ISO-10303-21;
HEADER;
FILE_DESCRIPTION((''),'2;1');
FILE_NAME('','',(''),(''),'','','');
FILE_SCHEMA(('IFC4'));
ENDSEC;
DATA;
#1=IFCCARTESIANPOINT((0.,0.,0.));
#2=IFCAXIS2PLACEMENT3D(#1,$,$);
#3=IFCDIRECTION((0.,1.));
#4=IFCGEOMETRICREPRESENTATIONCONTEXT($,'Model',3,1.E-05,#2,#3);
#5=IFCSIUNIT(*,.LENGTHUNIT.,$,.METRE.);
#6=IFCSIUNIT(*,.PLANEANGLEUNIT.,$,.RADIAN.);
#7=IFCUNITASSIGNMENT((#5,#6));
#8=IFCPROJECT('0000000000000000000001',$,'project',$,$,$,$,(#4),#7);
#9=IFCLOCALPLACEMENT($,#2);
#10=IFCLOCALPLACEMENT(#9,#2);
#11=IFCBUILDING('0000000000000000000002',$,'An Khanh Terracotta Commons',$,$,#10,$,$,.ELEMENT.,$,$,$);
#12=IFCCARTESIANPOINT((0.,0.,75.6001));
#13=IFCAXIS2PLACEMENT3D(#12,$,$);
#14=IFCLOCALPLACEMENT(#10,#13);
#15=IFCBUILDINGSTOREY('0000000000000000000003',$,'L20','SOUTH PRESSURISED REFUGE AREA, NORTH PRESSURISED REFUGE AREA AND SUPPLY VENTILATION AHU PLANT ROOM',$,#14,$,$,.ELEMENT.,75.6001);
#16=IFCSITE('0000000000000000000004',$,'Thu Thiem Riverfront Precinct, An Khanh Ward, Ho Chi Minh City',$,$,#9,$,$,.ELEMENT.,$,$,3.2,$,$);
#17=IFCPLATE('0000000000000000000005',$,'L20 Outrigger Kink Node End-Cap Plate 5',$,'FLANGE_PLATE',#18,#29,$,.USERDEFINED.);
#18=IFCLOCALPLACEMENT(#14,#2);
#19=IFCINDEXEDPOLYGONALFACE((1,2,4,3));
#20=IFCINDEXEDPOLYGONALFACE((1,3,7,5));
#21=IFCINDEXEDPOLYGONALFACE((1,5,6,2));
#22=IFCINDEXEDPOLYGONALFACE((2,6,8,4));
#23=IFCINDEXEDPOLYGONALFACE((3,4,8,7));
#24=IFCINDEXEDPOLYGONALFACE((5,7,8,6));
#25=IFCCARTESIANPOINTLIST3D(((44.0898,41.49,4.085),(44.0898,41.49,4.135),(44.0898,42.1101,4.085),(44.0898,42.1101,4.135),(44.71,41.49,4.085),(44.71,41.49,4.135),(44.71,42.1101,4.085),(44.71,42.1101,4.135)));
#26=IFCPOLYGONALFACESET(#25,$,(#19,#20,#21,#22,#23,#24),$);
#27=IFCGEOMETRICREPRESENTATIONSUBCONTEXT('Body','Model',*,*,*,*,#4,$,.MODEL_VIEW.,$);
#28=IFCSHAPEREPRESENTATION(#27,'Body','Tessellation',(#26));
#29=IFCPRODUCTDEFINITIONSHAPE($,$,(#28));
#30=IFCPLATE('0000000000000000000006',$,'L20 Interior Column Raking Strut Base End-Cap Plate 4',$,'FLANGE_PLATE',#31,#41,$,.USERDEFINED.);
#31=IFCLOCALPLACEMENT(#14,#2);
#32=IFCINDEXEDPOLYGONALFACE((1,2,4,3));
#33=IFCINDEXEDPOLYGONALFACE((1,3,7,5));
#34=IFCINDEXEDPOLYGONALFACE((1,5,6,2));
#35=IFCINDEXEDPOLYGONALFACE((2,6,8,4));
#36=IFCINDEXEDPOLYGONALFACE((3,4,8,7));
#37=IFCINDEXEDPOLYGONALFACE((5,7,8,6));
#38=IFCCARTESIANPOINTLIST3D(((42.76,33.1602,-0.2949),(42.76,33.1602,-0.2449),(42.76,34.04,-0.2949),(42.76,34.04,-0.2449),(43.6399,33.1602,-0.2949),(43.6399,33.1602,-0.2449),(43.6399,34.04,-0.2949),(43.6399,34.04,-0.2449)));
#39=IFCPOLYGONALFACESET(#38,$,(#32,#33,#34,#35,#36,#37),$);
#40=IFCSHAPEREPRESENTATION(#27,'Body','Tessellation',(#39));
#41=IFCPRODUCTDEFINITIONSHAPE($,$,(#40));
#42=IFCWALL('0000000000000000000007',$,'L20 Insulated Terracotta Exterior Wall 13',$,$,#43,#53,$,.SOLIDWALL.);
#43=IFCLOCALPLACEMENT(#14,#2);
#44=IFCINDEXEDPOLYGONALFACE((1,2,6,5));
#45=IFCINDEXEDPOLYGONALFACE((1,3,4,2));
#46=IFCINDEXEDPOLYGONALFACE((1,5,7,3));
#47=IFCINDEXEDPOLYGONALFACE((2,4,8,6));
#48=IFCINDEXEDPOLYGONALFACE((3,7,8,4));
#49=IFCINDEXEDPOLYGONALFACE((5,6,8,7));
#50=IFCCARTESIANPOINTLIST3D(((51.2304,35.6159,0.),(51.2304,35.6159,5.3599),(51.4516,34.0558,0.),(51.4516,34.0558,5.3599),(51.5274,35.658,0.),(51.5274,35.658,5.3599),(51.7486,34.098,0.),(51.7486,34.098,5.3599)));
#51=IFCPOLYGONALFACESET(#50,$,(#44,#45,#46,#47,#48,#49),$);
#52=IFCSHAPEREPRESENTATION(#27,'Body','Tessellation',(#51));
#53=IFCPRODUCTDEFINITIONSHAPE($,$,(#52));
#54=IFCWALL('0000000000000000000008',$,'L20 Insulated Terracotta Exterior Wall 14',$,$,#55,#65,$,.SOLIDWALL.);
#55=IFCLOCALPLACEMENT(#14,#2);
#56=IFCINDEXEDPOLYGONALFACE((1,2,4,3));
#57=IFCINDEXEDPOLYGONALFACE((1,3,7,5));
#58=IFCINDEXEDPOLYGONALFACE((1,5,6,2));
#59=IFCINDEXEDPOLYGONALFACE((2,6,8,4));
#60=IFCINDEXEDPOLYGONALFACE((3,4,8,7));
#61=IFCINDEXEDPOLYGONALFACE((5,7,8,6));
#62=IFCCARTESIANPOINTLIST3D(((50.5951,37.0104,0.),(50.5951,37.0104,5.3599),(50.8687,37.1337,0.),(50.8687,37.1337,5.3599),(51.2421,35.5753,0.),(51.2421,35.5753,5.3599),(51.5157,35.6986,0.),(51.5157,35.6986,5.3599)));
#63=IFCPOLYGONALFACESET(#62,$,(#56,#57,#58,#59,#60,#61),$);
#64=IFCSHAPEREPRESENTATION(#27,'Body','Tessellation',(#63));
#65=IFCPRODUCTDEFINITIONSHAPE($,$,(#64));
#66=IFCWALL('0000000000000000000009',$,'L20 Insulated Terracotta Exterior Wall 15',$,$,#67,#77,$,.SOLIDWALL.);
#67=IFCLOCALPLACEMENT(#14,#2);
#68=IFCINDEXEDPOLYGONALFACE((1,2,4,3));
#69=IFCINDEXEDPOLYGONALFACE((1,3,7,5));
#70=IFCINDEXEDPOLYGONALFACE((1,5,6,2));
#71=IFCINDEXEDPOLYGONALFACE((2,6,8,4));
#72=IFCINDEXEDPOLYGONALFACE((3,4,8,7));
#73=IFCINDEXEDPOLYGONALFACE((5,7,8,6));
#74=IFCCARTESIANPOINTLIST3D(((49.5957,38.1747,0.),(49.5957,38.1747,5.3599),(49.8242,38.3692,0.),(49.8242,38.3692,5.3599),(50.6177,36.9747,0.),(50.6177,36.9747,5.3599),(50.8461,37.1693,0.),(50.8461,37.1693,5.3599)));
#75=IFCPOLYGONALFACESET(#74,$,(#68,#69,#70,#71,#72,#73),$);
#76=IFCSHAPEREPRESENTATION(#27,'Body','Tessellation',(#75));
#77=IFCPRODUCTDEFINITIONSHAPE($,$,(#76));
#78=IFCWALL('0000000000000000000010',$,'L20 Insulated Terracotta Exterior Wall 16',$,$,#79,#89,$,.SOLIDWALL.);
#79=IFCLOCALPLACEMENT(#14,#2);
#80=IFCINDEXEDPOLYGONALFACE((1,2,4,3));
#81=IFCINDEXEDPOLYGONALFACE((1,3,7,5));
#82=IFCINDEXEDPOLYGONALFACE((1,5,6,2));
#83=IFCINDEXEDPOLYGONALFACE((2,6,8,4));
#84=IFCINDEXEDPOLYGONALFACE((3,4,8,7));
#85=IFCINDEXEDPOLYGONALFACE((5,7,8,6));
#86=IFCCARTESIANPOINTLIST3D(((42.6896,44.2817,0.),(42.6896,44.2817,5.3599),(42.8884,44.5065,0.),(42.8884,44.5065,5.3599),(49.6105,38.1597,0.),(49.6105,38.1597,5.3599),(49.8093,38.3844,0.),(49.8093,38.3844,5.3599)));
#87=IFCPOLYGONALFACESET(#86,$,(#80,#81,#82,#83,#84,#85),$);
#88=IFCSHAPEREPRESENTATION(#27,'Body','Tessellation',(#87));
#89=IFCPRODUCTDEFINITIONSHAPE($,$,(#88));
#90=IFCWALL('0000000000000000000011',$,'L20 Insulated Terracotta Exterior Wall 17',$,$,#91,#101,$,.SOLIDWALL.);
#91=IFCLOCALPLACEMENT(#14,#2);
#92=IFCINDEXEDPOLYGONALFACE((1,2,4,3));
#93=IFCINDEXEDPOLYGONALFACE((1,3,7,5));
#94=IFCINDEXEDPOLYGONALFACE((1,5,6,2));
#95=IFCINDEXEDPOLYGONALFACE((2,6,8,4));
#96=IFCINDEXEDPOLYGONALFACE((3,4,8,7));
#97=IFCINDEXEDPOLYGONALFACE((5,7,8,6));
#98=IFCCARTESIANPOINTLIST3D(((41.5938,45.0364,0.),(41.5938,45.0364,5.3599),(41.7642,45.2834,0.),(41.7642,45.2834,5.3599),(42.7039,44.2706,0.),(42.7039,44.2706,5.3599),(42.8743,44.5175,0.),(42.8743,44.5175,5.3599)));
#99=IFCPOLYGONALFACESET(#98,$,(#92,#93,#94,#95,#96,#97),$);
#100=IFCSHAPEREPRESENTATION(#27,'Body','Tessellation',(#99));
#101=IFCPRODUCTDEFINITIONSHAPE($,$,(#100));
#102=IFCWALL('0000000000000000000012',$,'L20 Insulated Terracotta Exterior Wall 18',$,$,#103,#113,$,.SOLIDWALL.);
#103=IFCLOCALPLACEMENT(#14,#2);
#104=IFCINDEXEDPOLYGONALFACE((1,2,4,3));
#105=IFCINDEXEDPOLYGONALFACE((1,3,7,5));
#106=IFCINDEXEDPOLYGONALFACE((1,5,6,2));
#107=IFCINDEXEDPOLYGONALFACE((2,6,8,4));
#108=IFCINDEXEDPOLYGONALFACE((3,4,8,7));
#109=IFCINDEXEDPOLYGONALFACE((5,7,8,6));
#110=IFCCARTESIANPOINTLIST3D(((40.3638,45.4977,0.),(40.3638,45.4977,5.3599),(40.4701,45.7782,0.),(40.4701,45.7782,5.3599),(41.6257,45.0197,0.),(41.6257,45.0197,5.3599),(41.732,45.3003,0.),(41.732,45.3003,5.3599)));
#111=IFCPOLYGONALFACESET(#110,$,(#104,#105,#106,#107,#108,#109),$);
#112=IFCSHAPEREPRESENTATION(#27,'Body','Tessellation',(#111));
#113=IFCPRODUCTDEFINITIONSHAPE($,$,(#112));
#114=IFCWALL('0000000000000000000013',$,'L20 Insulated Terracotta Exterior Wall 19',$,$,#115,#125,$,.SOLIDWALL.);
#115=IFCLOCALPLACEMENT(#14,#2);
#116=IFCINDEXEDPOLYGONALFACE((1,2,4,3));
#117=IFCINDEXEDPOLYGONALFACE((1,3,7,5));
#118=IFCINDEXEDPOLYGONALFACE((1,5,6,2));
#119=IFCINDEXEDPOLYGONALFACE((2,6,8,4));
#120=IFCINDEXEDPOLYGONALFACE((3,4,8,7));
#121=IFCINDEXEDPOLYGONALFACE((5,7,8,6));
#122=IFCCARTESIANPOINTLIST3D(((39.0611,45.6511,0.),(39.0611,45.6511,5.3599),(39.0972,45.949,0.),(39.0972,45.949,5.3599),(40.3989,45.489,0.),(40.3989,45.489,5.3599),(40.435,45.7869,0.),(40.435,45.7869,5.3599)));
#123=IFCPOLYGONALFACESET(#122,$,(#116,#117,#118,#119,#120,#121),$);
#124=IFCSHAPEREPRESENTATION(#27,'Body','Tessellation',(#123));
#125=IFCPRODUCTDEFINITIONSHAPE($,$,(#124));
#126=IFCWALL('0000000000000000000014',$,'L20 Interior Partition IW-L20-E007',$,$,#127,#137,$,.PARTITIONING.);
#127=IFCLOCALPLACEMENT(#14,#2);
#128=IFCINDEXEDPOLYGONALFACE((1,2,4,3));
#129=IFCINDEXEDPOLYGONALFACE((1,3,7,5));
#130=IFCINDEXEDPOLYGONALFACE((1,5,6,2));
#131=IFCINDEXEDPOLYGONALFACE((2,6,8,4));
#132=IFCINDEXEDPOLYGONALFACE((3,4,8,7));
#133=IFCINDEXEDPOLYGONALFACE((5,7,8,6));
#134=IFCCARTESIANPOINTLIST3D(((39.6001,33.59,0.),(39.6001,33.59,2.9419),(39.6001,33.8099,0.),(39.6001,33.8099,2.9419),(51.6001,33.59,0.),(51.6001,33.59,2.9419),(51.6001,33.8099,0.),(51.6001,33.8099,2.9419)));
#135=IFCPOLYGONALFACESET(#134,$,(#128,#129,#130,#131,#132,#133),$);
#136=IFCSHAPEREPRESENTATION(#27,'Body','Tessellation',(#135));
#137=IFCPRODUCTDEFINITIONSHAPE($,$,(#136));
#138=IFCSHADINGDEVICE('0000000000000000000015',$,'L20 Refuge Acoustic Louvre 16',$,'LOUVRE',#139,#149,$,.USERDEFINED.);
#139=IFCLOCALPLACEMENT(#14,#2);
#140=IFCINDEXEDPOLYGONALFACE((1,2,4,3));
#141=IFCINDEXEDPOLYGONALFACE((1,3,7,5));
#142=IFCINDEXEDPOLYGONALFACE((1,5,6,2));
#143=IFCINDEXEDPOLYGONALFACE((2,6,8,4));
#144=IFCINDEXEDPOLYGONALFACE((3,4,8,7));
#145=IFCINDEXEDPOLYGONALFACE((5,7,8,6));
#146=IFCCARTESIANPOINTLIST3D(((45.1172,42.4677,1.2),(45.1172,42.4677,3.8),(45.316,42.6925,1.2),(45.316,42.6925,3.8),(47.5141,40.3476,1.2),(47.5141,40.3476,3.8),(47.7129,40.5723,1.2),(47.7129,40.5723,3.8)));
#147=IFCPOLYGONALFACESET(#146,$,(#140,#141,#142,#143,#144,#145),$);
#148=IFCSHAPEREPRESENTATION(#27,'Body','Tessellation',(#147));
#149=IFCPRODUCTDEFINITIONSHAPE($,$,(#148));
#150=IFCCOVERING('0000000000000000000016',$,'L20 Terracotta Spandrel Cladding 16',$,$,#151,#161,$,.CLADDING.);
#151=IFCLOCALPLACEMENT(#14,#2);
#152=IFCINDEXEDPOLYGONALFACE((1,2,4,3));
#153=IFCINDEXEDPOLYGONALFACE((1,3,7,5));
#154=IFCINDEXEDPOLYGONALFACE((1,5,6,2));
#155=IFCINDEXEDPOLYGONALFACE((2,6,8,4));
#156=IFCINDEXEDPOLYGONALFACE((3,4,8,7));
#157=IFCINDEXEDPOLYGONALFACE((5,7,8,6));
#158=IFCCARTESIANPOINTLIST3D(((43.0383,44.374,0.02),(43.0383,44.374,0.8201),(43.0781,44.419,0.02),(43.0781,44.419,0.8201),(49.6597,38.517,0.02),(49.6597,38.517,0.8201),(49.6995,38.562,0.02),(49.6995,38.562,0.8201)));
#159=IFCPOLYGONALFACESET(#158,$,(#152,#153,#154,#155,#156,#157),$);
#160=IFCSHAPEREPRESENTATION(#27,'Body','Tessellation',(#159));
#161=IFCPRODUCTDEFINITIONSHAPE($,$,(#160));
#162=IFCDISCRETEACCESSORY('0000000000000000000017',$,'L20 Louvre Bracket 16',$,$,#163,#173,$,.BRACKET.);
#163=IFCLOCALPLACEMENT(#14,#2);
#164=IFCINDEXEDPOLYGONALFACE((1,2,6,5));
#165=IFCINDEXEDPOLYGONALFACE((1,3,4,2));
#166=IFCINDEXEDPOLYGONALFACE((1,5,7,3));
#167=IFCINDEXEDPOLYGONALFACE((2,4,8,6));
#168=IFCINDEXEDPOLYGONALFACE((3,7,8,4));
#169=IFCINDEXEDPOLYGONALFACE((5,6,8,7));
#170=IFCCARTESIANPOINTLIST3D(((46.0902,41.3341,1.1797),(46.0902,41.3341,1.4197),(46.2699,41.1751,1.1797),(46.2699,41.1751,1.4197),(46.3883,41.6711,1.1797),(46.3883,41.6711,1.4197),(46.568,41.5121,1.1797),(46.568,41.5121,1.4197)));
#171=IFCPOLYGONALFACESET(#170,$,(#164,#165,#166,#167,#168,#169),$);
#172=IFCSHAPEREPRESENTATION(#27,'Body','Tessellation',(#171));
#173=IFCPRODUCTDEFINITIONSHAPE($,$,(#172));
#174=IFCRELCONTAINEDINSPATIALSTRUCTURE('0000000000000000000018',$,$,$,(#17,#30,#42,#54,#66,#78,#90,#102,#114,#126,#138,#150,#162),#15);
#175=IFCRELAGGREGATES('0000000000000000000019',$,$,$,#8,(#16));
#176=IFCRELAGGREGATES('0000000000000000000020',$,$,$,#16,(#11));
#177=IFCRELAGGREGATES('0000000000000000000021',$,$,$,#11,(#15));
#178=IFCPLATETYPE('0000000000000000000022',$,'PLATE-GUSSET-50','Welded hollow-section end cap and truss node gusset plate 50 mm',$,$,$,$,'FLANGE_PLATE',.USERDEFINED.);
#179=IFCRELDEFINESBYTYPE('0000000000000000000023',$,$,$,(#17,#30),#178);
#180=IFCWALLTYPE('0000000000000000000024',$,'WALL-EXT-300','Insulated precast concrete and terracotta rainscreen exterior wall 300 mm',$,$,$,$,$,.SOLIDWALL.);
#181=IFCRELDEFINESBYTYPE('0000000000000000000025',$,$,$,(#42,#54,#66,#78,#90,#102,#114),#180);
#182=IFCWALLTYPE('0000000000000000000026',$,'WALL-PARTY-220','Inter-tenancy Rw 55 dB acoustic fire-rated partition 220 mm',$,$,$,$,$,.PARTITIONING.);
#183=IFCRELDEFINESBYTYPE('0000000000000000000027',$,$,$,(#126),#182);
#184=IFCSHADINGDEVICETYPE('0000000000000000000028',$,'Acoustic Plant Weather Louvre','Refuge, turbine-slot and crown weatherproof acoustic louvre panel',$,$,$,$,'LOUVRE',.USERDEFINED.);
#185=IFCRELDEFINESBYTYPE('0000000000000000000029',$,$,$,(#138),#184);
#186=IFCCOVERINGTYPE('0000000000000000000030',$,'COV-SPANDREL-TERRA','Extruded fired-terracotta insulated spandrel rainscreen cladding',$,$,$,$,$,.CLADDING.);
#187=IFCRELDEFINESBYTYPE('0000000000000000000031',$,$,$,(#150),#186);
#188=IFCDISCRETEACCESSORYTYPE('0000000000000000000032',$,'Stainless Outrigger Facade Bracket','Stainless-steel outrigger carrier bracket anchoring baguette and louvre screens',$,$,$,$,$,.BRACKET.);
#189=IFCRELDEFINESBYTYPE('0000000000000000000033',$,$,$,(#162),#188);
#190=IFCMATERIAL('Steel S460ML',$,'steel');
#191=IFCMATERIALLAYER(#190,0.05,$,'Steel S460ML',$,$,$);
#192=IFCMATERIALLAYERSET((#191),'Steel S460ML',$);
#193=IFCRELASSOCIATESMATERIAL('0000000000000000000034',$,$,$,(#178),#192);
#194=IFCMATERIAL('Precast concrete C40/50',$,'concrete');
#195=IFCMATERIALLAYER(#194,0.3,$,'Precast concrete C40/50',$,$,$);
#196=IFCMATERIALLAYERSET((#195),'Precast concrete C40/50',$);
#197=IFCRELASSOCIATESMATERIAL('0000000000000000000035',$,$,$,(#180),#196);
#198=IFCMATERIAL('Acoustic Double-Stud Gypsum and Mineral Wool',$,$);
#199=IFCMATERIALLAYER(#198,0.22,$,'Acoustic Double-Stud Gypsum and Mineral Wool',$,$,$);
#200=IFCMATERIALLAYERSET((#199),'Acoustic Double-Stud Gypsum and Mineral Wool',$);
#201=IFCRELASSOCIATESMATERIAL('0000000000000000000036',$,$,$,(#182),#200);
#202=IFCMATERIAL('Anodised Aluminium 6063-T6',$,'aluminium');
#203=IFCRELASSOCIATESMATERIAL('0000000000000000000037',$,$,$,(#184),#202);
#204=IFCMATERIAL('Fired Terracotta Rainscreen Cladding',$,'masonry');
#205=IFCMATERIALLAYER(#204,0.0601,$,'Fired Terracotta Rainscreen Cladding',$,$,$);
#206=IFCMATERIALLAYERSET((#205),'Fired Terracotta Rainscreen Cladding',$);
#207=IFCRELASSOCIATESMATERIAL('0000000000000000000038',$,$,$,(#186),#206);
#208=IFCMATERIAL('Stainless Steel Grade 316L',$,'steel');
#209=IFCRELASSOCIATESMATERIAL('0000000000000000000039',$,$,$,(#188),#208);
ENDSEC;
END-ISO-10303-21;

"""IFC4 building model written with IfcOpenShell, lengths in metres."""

from ifc_helpers import new_model, si_unit, direction, frame, frame_2d, origin, origin_2d, place, context, subcontext, project, spatial, rectangle, extrude, material, layer, layer_set, type_object, element, save


model = new_model("IFC4")

# Units and contexts
model_context = context("Model", 3, precision=1e-05, world=origin(), true_north=direction((0.0, 1.0)))
body_context = subcontext(model_context, "Body", "Model", "MODEL_VIEW")
ifc_project = project(units=[si_unit("LENGTHUNIT", "METRE"), si_unit("PLANEANGLEUNIT", "RADIAN")], contexts=[model_context])

# Site, building, storey
site_placement = place(None, origin())
site = spatial("IfcSite", under=ifc_project, at=site_placement, Name="Thu Thiem Riverfront Precinct, An Khanh Ward, Ho Chi Minh City", CompositionType="ELEMENT", RefElevation=3.2)
building_placement = place(site_placement, origin())
building = spatial("IfcBuilding", under=site, at=building_placement, Name="An Khanh Terracotta Commons", CompositionType="ELEMENT")
storey_placement = place(building_placement, frame((0.0, 0.0, 75.6001)))
storey = spatial("IfcBuildingStorey", under=building, at=storey_placement, Name="L20", Description="SOUTH PRESSURISED REFUGE AREA, NORTH PRESSURISED REFUGE AREA AND SUPPLY VENTILATION AHU PLANT ROOM", CompositionType="ELEMENT", Elevation=75.6001)

# Shared definitions
ifc_material_1 = material(Name="Steel S460ML", Category="steel")

# Plates
ifc_layer_1 = layer(ifc_material_1, 0.05, Name="Steel S460ML")
ifc_layer_set_1 = layer_set([ifc_layer_1], Name="Steel S460ML")
plate_type_1 = type_object("IfcPlateType", Name="PLATE-GUSSET-50", Description="Welded hollow-section end cap and truss node gusset plate 50 mm", ElementType="FLANGE_PLATE", PredefinedType="USERDEFINED", material=ifc_layer_set_1)
plate_1_placement = place(storey_placement, frame((44.3999, 41.8, 4.085), z_axis=(0.0, 0.0, 1.0), x_axis=(1.0, 0.0, 0.0)))
element("IfcPlate", 1, at=plate_1_placement, inside=storey, type_object=plate_type_1, Name="L20 Outrigger Kink Node End-Cap Plate 5", ObjectType="FLANGE_PLATE", PredefinedType="USERDEFINED", context=body_context, shape_type="SweptSolid", body=[
    extrude(rectangle(XDim=0.6201, YDim=0.6201, at=origin_2d()), origin(), (0.0, 0.0, 1.0), 0.05),
])
plate_2_placement = place(storey_placement, frame((43.2, 33.6001, -0.2949), z_axis=(0.0, 0.0, 1.0), x_axis=(1.0, 0.0, 0.0)))
element("IfcPlate", 2, at=plate_2_placement, inside=storey, type_object=plate_type_1, Name="L20 Interior Column Raking Strut Base End-Cap Plate 4", ObjectType="FLANGE_PLATE", PredefinedType="USERDEFINED", context=body_context, shape_type="SweptSolid", body=[
    extrude(rectangle(XDim=0.8799, YDim=0.8799, at=origin_2d()), origin(), (0.0, 0.0, 1.0), 0.05),
])

# Walls
ifc_material_2 = material(Name="Precast concrete C40/50", Category="concrete")
ifc_layer_2 = layer(ifc_material_2, 0.3, Name="Precast concrete C40/50")
ifc_layer_set_2 = layer_set([ifc_layer_2], Name="Precast concrete C40/50")
wall_type_1 = type_object("IfcWallType", Name="WALL-EXT-300", Description="Insulated precast concrete and terracotta rainscreen exterior wall 300 mm", PredefinedType="SOLIDWALL", material=ifc_layer_set_2)
wall_1_placement = place(storey_placement, frame((51.6001, 34.0769, 0.0), z_axis=(0.0, 0.0, 1.0), x_axis=(-0.14038, 0.990098, 0.0)))
element("IfcWall", 3, at=wall_1_placement, inside=storey, type_object=wall_type_1, Name="L20 Insulated Terracotta Exterior Wall 13", PredefinedType="SOLIDWALL", context=body_context, shape_type="SweptSolid", body=[
    extrude(rectangle(XDim=1.5757, YDim=0.3, at=frame_2d((0.7878, 0.0))), origin(), (0.0, 0.0, 1.0), 5.3599),
])
wall_2_placement = place(storey_placement, frame((51.3789, 35.637, 0.0), z_axis=(0.0, 0.0, 1.0), x_axis=(-0.410997, 0.911637, 0.0)))
element("IfcWall", 4, at=wall_2_placement, inside=storey, type_object=wall_type_1, Name="L20 Insulated Terracotta Exterior Wall 14", PredefinedType="SOLIDWALL", context=body_context, shape_type="SweptSolid", body=[
    extrude(rectangle(XDim=1.5742, YDim=0.3, at=frame_2d((0.7871, 0.0))), origin(), (0.0, 0.0, 1.0), 5.3599),
])
wall_3_placement = place(storey_placement, frame((50.7319, 37.072, 0.0), z_axis=(0.0, 0.0, 1.0), x_axis=(-0.64839, 0.761308, 0.0)))
element("IfcWall", 5, at=wall_3_placement, inside=storey, type_object=wall_type_1, Name="L20 Insulated Terracotta Exterior Wall 15", PredefinedType="SOLIDWALL", context=body_context, shape_type="SweptSolid", body=[
    extrude(rectangle(XDim=1.5762, YDim=0.3, at=frame_2d((0.7881, 0.0))), origin(), (0.0, 0.0, 1.0), 5.3599),
])
wall_4_placement = place(storey_placement, frame((49.71, 38.272, 0.0), z_axis=(0.0, 0.0, 1.0), x_axis=(-0.749011, 0.662558, 0.0)))
element("IfcWall", 6, at=wall_4_placement, inside=storey, type_object=wall_type_1, Name="L20 Insulated Terracotta Exterior Wall 16", PredefinedType="SOLIDWALL", context=body_context, shape_type="SweptSolid", body=[
    extrude(rectangle(XDim=9.24, YDim=0.3, at=frame_2d((4.6201, 0.0))), origin(), (0.0, 0.0, 1.0), 5.3599),
])
wall_5_placement = place(storey_placement, frame((42.7891, 44.394, 0.0), z_axis=(0.0, 0.0, 1.0), x_axis=(-0.823117, 0.567873, 0.0)))
element("IfcWall", 7, at=wall_5_placement, inside=storey, type_object=wall_type_1, Name="L20 Insulated Terracotta Exterior Wall 17", PredefinedType="SOLIDWALL", context=body_context, shape_type="SweptSolid", body=[
    extrude(rectangle(XDim=1.3486, YDim=0.3, at=frame_2d((0.6743, 0.0))), origin(), (0.0, 0.0, 1.0), 5.3599),
])
wall_6_placement = place(storey_placement, frame((41.679, 45.1599, 0.0), z_axis=(0.0, 0.0, 1.0), x_axis=(-0.935157, 0.354234, 0.0)))
element("IfcWall", 8, at=wall_6_placement, inside=storey, type_object=wall_type_1, Name="L20 Insulated Terracotta Exterior Wall 18", PredefinedType="SOLIDWALL", context=body_context, shape_type="SweptSolid", body=[
    extrude(rectangle(XDim=1.3494, YDim=0.3, at=frame_2d((0.6748, 0.0))), origin(), (0.0, 0.0, 1.0), 5.3599),
])
wall_7_placement = place(storey_placement, frame((40.417, 45.6379, 0.0), z_axis=(0.0, 0.0, 1.0), x_axis=(-0.992739, 0.120288, 0.0)))
element("IfcWall", 9, at=wall_7_placement, inside=storey, type_object=wall_type_1, Name="L20 Insulated Terracotta Exterior Wall 19", PredefinedType="SOLIDWALL", context=body_context, shape_type="SweptSolid", body=[
    extrude(rectangle(XDim=1.3477, YDim=0.3, at=frame_2d((0.6738, 0.0))), origin(), (0.0, 0.0, 1.0), 5.3599),
])
ifc_material_3 = material(Name="Acoustic Double-Stud Gypsum and Mineral Wool")
ifc_layer_3 = layer(ifc_material_3, 0.22, Name="Acoustic Double-Stud Gypsum and Mineral Wool")
ifc_layer_set_3 = layer_set([ifc_layer_3], Name="Acoustic Double-Stud Gypsum and Mineral Wool")
wall_type_2 = type_object("IfcWallType", Name="WALL-PARTY-220", Description="Inter-tenancy Rw 55 dB acoustic fire-rated partition 220 mm", PredefinedType="PARTITIONING", material=ifc_layer_set_3)
wall_8_placement = place(storey_placement, frame((39.6001, 33.7, 0.0), z_axis=(0.0, 0.0, 1.0), x_axis=(1.0, 0.0, 0.0)))
element("IfcWall", 10, at=wall_8_placement, inside=storey, type_object=wall_type_2, Name="L20 Interior Partition IW-L20-E007", PredefinedType="PARTITIONING", context=body_context, shape_type="SweptSolid", body=[
    extrude(rectangle(XDim=12.0, YDim=0.22, at=frame_2d((6.0, 0.0))), origin(), (0.0, 0.0, 1.0), 2.9419),
])

# Shading device
ifc_material_4 = material(Name="Anodised Aluminium 6063-T6", Category="aluminium")
shading_device_type = type_object("IfcShadingDeviceType", Name="Acoustic Plant Weather Louvre", Description="Refuge, turbine-slot and crown weatherproof acoustic louvre panel", ElementType="LOUVRE", PredefinedType="USERDEFINED", material=ifc_material_4)
shading_device_placement = place(storey_placement, frame((46.415, 41.52, 1.2), z_axis=(0.0, 0.0, 1.0), x_axis=(-0.749019, 0.662548, 0.0)))
element("IfcShadingDevice", 11, at=shading_device_placement, inside=storey, type_object=shading_device_type, Name="L20 Refuge Acoustic Louvre 16", ObjectType="LOUVRE", PredefinedType="USERDEFINED", context=body_context, shape_type="SweptSolid", body=[
    extrude(rectangle(XDim=3.2, YDim=0.3, at=origin_2d()), origin(), (0.0, 0.0, 1.0), 2.6001),
])

# Covering
ifc_material_5 = material(Name="Fired Terracotta Rainscreen Cladding", Category="masonry")
ifc_layer_4 = layer(ifc_material_5, 0.0601, Name="Fired Terracotta Rainscreen Cladding")
ifc_layer_set_4 = layer_set([ifc_layer_4], Name="Fired Terracotta Rainscreen Cladding")
covering_type = type_object("IfcCoveringType", Name="COV-SPANDREL-TERRA", Description="Extruded fired-terracotta insulated spandrel rainscreen cladding", PredefinedType="CLADDING", material=ifc_layer_set_4)
covering_placement = place(storey_placement, frame((46.3689, 41.468, 0.02), z_axis=(0.0, 0.0, 1.0), x_axis=(-0.749019, 0.662548, 0.0)))
element("IfcCovering", 12, at=covering_placement, inside=storey, type_object=covering_type, Name="L20 Terracotta Spandrel Cladding 16", PredefinedType="CLADDING", context=body_context, shape_type="SweptSolid", body=[
    extrude(rectangle(XDim=8.8401, YDim=0.0601, at=origin_2d()), origin(), (0.0, 0.0, 1.0), 0.8),
])

# Discrete accessory
ifc_material_6 = material(Name="Stainless Steel Grade 316L", Category="steel")
discrete_accessory_type = type_object("IfcDiscreteAccessoryType", Name="Stainless Outrigger Facade Bracket", Description="Stainless-steel outrigger carrier bracket anchoring baguette and louvre screens", PredefinedType="BRACKET", material=ifc_material_6)
discrete_accessory_placement = place(storey_placement, frame((46.3291, 41.4231, 1.1797), z_axis=(0.0, 0.0, 1.0), x_axis=(-0.749019, 0.662548, 0.0)))
element("IfcDiscreteAccessory", 13, at=discrete_accessory_placement, inside=storey, type_object=discrete_accessory_type, Name="L20 Louvre Bracket 16", PredefinedType="BRACKET", context=body_context, shape_type="SweptSolid", body=[
    extrude(rectangle(XDim=0.24, YDim=0.45, at=origin_2d()), origin(), (0.0, 0.0, 1.0), 0.24),
])

save(model, "model.ifc")
